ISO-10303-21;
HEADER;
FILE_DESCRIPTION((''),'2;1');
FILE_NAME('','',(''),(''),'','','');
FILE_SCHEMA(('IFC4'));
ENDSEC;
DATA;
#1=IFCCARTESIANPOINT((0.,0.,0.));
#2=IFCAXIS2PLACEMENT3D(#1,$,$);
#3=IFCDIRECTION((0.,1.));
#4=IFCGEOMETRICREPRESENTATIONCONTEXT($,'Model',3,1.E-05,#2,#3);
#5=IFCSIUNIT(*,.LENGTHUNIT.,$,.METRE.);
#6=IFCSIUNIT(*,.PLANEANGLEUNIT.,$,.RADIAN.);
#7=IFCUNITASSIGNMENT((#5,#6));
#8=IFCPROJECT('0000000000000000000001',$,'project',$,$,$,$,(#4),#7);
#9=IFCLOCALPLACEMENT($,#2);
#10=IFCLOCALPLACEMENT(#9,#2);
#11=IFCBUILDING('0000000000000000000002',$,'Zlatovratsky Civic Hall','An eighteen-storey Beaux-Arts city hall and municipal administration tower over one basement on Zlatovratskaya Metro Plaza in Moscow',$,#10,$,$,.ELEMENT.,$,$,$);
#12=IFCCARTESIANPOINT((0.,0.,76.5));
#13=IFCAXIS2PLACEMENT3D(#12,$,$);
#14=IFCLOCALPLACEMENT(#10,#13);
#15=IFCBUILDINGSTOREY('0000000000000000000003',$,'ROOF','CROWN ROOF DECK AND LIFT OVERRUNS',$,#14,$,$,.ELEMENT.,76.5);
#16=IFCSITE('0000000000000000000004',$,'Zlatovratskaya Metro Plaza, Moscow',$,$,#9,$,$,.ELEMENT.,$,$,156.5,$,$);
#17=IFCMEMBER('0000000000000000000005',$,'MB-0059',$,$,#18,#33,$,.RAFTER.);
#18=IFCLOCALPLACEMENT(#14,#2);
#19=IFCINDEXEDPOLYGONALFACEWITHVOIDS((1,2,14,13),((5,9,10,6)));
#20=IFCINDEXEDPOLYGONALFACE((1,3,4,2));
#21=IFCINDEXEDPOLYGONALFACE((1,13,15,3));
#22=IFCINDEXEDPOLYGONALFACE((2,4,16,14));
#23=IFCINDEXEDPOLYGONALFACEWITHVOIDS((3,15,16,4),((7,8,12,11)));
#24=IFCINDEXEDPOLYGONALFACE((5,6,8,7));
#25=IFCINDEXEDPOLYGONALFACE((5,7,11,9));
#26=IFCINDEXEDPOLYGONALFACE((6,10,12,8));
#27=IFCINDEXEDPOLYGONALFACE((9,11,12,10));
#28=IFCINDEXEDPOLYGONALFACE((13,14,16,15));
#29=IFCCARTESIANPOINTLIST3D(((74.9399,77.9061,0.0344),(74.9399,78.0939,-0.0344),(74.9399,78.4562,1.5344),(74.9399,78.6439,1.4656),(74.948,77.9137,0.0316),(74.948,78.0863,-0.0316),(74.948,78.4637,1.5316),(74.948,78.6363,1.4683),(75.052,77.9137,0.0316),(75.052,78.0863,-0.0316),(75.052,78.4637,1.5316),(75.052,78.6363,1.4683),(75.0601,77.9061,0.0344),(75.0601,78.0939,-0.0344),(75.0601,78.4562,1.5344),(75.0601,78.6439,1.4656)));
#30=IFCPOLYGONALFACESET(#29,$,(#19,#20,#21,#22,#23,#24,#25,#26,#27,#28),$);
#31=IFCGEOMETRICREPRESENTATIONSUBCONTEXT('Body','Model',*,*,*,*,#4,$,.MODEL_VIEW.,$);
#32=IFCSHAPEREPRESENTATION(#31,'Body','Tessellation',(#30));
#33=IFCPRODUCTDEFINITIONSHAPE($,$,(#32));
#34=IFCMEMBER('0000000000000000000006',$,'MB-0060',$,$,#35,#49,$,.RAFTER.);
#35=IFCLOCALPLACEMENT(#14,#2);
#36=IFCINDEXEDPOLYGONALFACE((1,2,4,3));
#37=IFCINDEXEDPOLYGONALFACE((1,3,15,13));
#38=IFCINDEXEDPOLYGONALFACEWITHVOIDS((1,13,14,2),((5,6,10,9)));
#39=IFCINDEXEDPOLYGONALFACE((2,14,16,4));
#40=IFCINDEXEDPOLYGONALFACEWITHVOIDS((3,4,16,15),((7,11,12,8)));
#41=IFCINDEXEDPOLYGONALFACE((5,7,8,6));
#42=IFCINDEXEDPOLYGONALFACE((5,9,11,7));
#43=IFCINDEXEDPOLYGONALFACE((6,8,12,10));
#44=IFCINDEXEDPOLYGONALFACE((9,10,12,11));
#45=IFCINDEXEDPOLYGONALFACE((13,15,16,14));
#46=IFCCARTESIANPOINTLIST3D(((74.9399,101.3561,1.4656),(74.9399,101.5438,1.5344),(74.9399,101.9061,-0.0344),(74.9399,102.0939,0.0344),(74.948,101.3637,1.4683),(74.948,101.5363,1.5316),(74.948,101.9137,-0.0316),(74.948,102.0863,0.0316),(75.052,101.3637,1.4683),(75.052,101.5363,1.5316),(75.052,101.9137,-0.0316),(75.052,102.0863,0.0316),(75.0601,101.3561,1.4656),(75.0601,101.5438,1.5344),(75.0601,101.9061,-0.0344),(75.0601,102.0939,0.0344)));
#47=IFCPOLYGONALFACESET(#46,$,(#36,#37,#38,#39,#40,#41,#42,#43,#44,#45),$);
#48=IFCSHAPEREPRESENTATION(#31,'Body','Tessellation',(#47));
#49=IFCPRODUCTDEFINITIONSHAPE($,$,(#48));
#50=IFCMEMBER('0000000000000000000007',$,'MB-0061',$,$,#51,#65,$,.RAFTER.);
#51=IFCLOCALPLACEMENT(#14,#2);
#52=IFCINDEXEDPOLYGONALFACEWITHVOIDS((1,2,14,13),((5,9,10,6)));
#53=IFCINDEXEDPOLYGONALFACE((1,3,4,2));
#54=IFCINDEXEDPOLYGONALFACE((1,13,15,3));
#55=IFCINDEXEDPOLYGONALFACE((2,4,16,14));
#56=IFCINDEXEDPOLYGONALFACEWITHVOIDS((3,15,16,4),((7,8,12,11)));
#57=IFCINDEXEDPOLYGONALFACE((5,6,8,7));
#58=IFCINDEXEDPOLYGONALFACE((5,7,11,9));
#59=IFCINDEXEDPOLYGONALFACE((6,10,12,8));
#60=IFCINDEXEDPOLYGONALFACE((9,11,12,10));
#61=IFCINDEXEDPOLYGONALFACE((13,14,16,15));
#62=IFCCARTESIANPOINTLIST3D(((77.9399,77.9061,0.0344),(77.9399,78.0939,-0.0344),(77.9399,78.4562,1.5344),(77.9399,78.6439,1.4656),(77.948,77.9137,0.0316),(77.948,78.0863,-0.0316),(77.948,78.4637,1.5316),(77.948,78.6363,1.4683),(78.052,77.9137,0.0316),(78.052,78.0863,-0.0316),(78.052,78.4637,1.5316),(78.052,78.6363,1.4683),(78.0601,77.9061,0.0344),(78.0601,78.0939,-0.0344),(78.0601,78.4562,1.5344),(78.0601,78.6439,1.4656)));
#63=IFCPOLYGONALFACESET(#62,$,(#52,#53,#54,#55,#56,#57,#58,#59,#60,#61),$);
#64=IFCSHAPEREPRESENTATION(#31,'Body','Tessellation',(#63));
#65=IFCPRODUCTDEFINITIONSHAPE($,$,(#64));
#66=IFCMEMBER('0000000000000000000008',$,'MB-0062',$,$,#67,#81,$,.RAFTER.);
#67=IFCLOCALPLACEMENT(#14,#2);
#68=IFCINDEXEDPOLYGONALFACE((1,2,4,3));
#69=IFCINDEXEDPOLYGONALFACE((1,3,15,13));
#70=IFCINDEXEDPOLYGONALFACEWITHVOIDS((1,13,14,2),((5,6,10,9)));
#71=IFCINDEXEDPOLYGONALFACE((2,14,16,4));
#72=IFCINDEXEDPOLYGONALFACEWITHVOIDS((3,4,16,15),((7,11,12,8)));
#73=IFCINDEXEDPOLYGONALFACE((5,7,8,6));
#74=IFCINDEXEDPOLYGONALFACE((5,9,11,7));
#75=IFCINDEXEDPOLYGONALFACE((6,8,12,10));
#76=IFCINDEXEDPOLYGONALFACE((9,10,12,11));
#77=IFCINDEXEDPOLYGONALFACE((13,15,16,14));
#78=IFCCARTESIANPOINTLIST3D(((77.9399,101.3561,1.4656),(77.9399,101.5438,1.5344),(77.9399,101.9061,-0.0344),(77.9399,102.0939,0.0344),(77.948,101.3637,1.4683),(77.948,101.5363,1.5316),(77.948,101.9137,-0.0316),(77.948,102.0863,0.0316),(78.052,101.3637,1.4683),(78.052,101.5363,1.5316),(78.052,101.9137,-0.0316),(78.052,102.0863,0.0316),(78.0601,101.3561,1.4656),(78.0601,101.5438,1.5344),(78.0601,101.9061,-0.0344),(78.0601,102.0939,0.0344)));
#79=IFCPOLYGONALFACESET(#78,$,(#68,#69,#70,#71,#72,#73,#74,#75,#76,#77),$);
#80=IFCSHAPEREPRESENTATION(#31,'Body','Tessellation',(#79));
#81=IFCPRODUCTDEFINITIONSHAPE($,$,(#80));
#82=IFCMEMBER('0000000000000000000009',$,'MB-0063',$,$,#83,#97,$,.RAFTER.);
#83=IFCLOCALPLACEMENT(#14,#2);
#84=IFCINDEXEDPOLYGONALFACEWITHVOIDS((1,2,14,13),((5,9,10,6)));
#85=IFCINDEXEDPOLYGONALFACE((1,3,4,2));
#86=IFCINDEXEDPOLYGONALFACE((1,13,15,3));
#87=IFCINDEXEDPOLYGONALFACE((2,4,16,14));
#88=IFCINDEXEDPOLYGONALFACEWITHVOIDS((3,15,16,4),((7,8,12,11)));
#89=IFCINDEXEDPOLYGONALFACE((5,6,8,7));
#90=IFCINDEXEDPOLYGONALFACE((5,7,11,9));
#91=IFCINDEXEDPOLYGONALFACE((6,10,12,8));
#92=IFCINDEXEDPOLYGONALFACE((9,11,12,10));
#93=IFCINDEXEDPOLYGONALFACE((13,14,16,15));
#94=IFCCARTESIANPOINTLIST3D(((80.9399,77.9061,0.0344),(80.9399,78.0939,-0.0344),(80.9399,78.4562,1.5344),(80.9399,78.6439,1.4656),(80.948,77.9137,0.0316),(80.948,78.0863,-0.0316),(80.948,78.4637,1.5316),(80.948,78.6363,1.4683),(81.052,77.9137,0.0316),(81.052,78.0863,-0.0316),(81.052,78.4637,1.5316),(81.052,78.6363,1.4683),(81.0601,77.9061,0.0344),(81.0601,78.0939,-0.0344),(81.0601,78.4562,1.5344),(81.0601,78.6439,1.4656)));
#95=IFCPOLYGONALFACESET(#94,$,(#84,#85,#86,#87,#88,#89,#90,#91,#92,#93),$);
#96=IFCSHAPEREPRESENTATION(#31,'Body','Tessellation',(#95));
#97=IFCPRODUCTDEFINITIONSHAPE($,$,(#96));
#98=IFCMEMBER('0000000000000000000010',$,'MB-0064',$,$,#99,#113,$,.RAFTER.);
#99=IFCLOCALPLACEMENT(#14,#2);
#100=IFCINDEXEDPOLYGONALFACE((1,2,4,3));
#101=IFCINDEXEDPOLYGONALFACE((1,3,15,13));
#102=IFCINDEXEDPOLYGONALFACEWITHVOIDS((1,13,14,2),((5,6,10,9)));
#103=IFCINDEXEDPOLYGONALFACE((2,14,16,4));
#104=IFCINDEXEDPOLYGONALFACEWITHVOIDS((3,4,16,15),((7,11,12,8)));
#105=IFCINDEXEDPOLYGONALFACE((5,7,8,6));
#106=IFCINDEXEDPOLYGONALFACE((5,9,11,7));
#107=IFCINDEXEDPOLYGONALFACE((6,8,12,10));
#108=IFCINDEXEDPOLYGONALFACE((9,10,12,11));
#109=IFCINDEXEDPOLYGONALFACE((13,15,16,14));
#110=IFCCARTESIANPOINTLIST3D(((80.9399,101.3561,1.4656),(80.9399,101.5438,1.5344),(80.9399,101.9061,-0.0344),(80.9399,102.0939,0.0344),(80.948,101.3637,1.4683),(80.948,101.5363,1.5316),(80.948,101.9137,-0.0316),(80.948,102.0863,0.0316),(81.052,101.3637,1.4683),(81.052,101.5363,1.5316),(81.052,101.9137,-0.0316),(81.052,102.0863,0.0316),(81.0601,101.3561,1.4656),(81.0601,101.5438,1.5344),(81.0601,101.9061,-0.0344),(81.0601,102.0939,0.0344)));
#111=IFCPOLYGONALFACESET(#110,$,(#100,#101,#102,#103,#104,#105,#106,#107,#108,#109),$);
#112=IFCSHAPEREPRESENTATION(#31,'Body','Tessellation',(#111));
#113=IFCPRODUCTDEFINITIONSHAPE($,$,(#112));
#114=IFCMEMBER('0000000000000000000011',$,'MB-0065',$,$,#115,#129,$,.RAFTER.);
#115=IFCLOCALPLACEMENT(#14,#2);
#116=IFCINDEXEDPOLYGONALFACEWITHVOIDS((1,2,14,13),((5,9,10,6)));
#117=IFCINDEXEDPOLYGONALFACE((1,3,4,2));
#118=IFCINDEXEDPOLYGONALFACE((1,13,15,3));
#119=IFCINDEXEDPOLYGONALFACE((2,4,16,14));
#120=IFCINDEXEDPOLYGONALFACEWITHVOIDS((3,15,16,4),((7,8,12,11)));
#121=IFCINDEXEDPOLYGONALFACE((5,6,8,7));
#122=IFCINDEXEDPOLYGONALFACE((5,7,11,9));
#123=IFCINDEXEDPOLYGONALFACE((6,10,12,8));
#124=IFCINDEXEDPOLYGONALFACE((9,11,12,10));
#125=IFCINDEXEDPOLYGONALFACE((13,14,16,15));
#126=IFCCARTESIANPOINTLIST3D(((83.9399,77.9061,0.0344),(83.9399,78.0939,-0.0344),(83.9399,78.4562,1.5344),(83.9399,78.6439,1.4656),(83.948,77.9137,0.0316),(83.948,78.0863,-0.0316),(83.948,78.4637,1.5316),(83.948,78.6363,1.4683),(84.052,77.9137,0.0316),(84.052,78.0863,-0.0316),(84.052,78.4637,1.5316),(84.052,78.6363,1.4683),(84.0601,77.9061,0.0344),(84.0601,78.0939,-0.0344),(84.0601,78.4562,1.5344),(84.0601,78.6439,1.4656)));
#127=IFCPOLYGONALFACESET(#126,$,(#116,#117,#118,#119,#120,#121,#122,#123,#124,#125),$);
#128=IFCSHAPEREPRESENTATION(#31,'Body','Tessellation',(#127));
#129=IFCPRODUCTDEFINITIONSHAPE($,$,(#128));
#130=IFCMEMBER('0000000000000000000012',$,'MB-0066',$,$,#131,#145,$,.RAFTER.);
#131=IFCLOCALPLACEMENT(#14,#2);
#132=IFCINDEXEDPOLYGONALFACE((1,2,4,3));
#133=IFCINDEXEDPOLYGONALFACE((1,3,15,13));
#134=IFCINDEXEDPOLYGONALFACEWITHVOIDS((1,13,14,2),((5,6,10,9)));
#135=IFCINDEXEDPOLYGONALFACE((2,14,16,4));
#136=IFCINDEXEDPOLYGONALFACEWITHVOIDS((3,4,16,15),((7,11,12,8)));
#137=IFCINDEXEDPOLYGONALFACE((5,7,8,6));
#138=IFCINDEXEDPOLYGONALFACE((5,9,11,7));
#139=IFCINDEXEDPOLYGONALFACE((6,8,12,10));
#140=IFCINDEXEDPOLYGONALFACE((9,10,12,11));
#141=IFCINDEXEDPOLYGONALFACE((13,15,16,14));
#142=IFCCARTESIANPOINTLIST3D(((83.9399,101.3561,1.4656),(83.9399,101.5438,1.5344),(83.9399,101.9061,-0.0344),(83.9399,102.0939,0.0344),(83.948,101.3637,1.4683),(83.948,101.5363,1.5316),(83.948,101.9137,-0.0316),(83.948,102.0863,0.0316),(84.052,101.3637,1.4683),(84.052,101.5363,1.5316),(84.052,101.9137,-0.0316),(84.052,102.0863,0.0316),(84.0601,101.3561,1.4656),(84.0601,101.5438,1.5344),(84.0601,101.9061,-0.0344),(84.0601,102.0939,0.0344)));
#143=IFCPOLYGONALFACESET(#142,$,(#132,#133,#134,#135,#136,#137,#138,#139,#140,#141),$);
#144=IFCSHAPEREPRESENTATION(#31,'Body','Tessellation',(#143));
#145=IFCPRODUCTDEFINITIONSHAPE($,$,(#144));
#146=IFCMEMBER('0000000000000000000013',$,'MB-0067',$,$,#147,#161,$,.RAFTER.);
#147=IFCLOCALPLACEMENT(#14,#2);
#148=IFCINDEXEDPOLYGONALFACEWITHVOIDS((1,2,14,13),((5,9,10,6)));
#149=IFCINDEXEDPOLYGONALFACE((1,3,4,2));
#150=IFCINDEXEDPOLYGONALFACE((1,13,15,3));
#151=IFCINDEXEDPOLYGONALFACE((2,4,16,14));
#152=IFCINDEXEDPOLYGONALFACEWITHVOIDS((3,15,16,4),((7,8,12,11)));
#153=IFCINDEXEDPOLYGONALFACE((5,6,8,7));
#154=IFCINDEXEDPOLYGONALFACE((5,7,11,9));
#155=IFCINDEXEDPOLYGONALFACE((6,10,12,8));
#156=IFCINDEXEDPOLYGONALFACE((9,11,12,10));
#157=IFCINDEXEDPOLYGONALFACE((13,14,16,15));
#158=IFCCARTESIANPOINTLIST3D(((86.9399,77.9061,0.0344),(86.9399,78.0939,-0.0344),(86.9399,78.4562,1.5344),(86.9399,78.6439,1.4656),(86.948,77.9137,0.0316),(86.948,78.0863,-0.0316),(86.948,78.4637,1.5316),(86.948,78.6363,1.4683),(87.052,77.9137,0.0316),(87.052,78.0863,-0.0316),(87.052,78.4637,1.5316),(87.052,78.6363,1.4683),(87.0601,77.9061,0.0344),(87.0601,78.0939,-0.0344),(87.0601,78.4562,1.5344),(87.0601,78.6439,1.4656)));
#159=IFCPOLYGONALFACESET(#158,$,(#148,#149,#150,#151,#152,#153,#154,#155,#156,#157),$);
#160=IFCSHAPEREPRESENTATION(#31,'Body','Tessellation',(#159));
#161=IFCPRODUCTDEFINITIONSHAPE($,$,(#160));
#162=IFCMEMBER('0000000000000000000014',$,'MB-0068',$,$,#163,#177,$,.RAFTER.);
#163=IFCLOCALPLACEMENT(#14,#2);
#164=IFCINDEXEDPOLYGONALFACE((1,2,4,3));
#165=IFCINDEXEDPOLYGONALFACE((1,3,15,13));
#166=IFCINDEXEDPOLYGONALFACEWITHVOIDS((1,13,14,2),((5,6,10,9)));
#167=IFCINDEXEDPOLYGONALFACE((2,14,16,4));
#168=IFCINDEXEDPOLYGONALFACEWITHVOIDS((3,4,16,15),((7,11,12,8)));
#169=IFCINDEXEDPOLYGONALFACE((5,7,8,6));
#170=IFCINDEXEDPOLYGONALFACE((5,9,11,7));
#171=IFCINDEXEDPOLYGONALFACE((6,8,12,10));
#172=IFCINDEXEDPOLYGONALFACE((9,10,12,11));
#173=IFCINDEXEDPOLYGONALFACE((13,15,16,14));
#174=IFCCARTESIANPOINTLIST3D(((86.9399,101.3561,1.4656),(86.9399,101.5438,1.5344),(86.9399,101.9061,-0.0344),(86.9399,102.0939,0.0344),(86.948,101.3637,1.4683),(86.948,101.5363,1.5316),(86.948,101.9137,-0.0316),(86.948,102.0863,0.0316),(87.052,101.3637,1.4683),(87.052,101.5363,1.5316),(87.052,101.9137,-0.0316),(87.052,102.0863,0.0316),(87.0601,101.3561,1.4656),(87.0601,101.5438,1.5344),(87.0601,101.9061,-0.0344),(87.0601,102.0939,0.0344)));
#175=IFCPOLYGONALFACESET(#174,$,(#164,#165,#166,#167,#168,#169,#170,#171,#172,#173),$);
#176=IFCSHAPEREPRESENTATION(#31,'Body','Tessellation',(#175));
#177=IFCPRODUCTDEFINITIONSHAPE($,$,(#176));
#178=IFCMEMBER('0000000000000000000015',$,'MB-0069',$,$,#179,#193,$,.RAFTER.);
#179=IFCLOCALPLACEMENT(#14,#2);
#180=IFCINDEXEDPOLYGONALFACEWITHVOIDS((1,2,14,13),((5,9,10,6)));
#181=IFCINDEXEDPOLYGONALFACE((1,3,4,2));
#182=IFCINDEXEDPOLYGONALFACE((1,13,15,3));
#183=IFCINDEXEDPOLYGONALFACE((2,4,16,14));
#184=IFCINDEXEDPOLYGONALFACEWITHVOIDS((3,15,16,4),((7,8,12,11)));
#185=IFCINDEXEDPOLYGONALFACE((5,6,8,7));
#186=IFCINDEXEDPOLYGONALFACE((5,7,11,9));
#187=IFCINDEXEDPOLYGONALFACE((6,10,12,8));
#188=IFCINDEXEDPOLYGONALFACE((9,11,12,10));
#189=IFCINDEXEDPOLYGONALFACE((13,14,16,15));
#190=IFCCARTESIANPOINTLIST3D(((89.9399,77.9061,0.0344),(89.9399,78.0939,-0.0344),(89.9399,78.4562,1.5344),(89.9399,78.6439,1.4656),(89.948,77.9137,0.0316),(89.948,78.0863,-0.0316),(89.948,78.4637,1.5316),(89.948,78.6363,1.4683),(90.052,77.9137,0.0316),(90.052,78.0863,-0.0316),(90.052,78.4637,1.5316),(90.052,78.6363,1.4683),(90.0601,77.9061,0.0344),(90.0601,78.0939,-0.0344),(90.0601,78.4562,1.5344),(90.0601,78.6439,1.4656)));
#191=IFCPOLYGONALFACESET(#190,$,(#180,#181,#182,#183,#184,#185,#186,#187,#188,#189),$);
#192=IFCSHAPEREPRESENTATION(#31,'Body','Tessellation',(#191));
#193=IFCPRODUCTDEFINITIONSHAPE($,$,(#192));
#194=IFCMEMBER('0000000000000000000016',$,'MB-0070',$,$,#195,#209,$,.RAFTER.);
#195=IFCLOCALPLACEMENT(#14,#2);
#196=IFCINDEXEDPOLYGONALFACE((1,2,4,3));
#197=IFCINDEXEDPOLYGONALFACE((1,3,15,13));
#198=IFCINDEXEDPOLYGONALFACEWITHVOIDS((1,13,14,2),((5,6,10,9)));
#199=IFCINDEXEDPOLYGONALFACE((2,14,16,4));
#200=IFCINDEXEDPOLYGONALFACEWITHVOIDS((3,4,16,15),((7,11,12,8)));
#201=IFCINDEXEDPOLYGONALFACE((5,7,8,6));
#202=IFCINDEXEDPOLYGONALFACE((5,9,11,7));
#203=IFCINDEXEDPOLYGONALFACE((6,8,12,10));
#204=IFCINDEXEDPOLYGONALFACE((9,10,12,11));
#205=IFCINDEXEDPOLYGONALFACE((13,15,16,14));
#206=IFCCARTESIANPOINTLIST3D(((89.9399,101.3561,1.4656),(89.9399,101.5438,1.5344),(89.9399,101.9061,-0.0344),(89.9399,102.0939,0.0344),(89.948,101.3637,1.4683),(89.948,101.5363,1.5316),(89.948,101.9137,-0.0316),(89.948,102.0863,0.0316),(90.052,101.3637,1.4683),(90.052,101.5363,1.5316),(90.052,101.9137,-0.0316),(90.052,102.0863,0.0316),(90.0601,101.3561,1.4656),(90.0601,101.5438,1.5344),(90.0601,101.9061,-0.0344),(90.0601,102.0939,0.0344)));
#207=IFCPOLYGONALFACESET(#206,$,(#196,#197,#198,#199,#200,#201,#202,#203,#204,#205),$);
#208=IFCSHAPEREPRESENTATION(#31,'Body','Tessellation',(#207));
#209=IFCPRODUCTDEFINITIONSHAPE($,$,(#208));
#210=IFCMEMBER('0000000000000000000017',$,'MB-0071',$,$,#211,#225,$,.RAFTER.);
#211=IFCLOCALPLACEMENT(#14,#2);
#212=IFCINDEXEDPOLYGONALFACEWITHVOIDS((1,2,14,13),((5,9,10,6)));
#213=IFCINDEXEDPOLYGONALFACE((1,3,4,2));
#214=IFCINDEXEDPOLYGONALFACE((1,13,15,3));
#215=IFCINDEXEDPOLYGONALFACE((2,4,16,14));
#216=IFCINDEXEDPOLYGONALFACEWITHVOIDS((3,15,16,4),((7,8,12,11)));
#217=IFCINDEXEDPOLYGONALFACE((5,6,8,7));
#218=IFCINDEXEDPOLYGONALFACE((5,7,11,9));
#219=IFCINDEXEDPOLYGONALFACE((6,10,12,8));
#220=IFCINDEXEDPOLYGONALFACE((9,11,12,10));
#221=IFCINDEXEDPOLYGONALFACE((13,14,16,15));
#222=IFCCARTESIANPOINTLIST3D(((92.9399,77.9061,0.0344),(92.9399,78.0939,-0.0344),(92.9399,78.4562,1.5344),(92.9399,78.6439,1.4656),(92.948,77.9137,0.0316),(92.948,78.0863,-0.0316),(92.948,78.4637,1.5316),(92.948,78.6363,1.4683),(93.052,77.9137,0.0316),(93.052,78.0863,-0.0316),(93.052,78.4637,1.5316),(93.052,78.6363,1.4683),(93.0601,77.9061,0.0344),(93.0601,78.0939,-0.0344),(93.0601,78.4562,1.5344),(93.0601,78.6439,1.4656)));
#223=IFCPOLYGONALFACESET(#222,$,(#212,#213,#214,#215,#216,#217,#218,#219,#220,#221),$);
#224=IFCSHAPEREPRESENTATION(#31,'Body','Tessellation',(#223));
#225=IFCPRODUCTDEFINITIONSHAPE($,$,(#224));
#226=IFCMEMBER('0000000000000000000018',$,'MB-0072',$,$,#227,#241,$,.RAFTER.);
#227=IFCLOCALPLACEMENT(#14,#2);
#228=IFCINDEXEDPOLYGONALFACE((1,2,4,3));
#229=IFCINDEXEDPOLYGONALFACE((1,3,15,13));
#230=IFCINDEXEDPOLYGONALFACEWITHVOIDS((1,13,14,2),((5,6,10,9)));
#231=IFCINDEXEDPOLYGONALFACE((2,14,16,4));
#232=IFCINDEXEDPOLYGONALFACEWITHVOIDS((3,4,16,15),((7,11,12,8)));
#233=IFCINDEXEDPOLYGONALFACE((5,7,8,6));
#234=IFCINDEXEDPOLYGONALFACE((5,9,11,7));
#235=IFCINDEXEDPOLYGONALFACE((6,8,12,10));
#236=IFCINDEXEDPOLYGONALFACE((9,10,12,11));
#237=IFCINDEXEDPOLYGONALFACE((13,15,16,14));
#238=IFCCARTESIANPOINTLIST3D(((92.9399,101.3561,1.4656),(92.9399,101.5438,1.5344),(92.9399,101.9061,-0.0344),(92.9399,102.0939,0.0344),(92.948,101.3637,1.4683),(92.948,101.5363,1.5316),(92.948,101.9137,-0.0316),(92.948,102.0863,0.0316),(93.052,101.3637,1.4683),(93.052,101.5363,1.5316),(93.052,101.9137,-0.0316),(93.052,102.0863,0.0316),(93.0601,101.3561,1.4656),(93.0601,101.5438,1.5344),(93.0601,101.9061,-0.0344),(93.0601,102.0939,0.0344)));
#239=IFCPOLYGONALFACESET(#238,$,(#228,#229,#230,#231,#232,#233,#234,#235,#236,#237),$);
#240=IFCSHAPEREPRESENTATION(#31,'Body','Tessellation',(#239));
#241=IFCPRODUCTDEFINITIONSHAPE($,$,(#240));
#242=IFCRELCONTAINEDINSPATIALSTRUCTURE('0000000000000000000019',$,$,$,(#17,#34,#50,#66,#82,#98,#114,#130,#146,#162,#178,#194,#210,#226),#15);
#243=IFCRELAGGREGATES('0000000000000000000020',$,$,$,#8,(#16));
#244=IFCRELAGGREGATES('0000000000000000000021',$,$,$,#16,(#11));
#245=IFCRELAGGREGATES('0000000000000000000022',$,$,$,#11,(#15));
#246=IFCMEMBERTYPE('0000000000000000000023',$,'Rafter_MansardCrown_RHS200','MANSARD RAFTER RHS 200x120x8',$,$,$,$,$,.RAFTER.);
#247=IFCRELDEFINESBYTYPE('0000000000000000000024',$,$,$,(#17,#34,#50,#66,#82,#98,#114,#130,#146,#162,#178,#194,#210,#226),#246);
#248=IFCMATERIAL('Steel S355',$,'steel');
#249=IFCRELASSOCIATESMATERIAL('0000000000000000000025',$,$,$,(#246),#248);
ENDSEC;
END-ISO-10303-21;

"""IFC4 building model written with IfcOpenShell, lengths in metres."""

from ifc_helpers import new_model, si_unit, direction, frame, origin, origin_2d, place, context, subcontext, project, spatial, hollow_rectangle, extrude, material, material_profile, profile_set, type_object, element, save


model = new_model("IFC4")

# Units and contexts
model_context = context("Model", 3, precision=1e-05, world=origin(), true_north=direction((0.0, 1.0)))
body_context = subcontext(model_context, "Body", "Model", "MODEL_VIEW")
ifc_project = project(units=[si_unit("LENGTHUNIT", "METRE"), si_unit("PLANEANGLEUNIT", "RADIAN")], contexts=[model_context])

# Site, building, storey
site_placement = place(None, origin())
site = spatial("IfcSite", under=ifc_project, at=site_placement, Name="Zlatovratskaya Metro Plaza, Moscow", CompositionType="ELEMENT", RefElevation=156.5)
building_placement = place(site_placement, origin())
building = spatial("IfcBuilding", under=site, at=building_placement, Name="Zlatovratsky Civic Hall", Description="An eighteen-storey Beaux-Arts city hall and municipal administration tower over one basement on Zlatovratskaya Metro Plaza in Moscow", CompositionType="ELEMENT")
storey_placement = place(building_placement, frame((0.0, 0.0, 76.5)))
storey = spatial("IfcBuildingStorey", under=building, at=storey_placement, Name="ROOF", Description="CROWN ROOF DECK AND LIFT OVERRUNS", CompositionType="ELEMENT", Elevation=76.5)

# Members
ifc_material_1 = material(Name="Steel S355", Category="steel")
ifc_material_profile = material_profile(ifc_material_1, hollow_rectangle(XDim=0.1201, YDim=0.2, WallThickness=0.0081, at=origin_2d()), Name="RHS 200x120x8")
ifc_profile_set = profile_set([ifc_material_profile], Name="Steel S355")
member_type = type_object("IfcMemberType", Name="Rafter_MansardCrown_RHS200", Description="MANSARD RAFTER RHS 200x120x8", PredefinedType="RAFTER", material=ifc_profile_set)
for number, where, z_axis, x_axis, name in (
    (1, (75.0, 78.0, 0.0), (0.0, 0.344282, 0.938866), (-1.0, 0.0, 0.0), "MB-0059"),
    (2, (75.0, 102.0, 0.0), (0.0, -0.344282, 0.938866), (1.0, 0.0, 0.0), "MB-0060"),
    (3, (78.0, 78.0, 0.0), (0.0, 0.344282, 0.938866), (-1.0, 0.0, 0.0), "MB-0061"),
    (4, (78.0, 102.0, 0.0), (0.0, -0.344282, 0.938866), (1.0, 0.0, 0.0), "MB-0062"),
    (5, (81.0, 78.0, 0.0), (0.0, 0.344282, 0.938866), (-1.0, 0.0, 0.0), "MB-0063"),
    (6, (81.0, 102.0, 0.0), (0.0, -0.344282, 0.938866), (1.0, 0.0, 0.0), "MB-0064"),
    (7, (84.0, 78.0, 0.0), (0.0, 0.344282, 0.938866), (-1.0, 0.0, 0.0), "MB-0065"),
    (8, (84.0, 102.0, 0.0), (0.0, -0.344282, 0.938866), (1.0, 0.0, 0.0), "MB-0066"),
    (9, (87.0, 78.0, 0.0), (0.0, 0.344282, 0.938866), (-1.0, 0.0, 0.0), "MB-0067"),
    (10, (87.0, 102.0, 0.0), (0.0, -0.344282, 0.938866), (1.0, 0.0, 0.0), "MB-0068"),
    (11, (90.0, 78.0, 0.0), (0.0, 0.344282, 0.938866), (-1.0, 0.0, 0.0), "MB-0069"),
    (12, (90.0, 102.0, 0.0), (0.0, -0.344282, 0.938866), (1.0, 0.0, 0.0), "MB-0070"),
    (13, (93.0, 78.0, 0.0), (0.0, 0.344282, 0.938866), (-1.0, 0.0, 0.0), "MB-0071"),
    (14, (93.0, 102.0, 0.0), (0.0, -0.344282, 0.938866), (1.0, 0.0, 0.0), "MB-0072"),
):
    element("IfcMember", number, at=place(storey_placement, frame(where, z_axis=z_axis, x_axis=x_axis)), inside=storey, type_object=member_type, Name=name, PredefinedType="RAFTER", context=body_context, shape_type="SweptSolid", body=[
        extrude(hollow_rectangle(XDim=0.1201, YDim=0.2, WallThickness=0.0081, at=origin_2d()), origin(), (0.0, 0.0, 1.0), 1.5977),
    ])

save(model, "model.ifc")
